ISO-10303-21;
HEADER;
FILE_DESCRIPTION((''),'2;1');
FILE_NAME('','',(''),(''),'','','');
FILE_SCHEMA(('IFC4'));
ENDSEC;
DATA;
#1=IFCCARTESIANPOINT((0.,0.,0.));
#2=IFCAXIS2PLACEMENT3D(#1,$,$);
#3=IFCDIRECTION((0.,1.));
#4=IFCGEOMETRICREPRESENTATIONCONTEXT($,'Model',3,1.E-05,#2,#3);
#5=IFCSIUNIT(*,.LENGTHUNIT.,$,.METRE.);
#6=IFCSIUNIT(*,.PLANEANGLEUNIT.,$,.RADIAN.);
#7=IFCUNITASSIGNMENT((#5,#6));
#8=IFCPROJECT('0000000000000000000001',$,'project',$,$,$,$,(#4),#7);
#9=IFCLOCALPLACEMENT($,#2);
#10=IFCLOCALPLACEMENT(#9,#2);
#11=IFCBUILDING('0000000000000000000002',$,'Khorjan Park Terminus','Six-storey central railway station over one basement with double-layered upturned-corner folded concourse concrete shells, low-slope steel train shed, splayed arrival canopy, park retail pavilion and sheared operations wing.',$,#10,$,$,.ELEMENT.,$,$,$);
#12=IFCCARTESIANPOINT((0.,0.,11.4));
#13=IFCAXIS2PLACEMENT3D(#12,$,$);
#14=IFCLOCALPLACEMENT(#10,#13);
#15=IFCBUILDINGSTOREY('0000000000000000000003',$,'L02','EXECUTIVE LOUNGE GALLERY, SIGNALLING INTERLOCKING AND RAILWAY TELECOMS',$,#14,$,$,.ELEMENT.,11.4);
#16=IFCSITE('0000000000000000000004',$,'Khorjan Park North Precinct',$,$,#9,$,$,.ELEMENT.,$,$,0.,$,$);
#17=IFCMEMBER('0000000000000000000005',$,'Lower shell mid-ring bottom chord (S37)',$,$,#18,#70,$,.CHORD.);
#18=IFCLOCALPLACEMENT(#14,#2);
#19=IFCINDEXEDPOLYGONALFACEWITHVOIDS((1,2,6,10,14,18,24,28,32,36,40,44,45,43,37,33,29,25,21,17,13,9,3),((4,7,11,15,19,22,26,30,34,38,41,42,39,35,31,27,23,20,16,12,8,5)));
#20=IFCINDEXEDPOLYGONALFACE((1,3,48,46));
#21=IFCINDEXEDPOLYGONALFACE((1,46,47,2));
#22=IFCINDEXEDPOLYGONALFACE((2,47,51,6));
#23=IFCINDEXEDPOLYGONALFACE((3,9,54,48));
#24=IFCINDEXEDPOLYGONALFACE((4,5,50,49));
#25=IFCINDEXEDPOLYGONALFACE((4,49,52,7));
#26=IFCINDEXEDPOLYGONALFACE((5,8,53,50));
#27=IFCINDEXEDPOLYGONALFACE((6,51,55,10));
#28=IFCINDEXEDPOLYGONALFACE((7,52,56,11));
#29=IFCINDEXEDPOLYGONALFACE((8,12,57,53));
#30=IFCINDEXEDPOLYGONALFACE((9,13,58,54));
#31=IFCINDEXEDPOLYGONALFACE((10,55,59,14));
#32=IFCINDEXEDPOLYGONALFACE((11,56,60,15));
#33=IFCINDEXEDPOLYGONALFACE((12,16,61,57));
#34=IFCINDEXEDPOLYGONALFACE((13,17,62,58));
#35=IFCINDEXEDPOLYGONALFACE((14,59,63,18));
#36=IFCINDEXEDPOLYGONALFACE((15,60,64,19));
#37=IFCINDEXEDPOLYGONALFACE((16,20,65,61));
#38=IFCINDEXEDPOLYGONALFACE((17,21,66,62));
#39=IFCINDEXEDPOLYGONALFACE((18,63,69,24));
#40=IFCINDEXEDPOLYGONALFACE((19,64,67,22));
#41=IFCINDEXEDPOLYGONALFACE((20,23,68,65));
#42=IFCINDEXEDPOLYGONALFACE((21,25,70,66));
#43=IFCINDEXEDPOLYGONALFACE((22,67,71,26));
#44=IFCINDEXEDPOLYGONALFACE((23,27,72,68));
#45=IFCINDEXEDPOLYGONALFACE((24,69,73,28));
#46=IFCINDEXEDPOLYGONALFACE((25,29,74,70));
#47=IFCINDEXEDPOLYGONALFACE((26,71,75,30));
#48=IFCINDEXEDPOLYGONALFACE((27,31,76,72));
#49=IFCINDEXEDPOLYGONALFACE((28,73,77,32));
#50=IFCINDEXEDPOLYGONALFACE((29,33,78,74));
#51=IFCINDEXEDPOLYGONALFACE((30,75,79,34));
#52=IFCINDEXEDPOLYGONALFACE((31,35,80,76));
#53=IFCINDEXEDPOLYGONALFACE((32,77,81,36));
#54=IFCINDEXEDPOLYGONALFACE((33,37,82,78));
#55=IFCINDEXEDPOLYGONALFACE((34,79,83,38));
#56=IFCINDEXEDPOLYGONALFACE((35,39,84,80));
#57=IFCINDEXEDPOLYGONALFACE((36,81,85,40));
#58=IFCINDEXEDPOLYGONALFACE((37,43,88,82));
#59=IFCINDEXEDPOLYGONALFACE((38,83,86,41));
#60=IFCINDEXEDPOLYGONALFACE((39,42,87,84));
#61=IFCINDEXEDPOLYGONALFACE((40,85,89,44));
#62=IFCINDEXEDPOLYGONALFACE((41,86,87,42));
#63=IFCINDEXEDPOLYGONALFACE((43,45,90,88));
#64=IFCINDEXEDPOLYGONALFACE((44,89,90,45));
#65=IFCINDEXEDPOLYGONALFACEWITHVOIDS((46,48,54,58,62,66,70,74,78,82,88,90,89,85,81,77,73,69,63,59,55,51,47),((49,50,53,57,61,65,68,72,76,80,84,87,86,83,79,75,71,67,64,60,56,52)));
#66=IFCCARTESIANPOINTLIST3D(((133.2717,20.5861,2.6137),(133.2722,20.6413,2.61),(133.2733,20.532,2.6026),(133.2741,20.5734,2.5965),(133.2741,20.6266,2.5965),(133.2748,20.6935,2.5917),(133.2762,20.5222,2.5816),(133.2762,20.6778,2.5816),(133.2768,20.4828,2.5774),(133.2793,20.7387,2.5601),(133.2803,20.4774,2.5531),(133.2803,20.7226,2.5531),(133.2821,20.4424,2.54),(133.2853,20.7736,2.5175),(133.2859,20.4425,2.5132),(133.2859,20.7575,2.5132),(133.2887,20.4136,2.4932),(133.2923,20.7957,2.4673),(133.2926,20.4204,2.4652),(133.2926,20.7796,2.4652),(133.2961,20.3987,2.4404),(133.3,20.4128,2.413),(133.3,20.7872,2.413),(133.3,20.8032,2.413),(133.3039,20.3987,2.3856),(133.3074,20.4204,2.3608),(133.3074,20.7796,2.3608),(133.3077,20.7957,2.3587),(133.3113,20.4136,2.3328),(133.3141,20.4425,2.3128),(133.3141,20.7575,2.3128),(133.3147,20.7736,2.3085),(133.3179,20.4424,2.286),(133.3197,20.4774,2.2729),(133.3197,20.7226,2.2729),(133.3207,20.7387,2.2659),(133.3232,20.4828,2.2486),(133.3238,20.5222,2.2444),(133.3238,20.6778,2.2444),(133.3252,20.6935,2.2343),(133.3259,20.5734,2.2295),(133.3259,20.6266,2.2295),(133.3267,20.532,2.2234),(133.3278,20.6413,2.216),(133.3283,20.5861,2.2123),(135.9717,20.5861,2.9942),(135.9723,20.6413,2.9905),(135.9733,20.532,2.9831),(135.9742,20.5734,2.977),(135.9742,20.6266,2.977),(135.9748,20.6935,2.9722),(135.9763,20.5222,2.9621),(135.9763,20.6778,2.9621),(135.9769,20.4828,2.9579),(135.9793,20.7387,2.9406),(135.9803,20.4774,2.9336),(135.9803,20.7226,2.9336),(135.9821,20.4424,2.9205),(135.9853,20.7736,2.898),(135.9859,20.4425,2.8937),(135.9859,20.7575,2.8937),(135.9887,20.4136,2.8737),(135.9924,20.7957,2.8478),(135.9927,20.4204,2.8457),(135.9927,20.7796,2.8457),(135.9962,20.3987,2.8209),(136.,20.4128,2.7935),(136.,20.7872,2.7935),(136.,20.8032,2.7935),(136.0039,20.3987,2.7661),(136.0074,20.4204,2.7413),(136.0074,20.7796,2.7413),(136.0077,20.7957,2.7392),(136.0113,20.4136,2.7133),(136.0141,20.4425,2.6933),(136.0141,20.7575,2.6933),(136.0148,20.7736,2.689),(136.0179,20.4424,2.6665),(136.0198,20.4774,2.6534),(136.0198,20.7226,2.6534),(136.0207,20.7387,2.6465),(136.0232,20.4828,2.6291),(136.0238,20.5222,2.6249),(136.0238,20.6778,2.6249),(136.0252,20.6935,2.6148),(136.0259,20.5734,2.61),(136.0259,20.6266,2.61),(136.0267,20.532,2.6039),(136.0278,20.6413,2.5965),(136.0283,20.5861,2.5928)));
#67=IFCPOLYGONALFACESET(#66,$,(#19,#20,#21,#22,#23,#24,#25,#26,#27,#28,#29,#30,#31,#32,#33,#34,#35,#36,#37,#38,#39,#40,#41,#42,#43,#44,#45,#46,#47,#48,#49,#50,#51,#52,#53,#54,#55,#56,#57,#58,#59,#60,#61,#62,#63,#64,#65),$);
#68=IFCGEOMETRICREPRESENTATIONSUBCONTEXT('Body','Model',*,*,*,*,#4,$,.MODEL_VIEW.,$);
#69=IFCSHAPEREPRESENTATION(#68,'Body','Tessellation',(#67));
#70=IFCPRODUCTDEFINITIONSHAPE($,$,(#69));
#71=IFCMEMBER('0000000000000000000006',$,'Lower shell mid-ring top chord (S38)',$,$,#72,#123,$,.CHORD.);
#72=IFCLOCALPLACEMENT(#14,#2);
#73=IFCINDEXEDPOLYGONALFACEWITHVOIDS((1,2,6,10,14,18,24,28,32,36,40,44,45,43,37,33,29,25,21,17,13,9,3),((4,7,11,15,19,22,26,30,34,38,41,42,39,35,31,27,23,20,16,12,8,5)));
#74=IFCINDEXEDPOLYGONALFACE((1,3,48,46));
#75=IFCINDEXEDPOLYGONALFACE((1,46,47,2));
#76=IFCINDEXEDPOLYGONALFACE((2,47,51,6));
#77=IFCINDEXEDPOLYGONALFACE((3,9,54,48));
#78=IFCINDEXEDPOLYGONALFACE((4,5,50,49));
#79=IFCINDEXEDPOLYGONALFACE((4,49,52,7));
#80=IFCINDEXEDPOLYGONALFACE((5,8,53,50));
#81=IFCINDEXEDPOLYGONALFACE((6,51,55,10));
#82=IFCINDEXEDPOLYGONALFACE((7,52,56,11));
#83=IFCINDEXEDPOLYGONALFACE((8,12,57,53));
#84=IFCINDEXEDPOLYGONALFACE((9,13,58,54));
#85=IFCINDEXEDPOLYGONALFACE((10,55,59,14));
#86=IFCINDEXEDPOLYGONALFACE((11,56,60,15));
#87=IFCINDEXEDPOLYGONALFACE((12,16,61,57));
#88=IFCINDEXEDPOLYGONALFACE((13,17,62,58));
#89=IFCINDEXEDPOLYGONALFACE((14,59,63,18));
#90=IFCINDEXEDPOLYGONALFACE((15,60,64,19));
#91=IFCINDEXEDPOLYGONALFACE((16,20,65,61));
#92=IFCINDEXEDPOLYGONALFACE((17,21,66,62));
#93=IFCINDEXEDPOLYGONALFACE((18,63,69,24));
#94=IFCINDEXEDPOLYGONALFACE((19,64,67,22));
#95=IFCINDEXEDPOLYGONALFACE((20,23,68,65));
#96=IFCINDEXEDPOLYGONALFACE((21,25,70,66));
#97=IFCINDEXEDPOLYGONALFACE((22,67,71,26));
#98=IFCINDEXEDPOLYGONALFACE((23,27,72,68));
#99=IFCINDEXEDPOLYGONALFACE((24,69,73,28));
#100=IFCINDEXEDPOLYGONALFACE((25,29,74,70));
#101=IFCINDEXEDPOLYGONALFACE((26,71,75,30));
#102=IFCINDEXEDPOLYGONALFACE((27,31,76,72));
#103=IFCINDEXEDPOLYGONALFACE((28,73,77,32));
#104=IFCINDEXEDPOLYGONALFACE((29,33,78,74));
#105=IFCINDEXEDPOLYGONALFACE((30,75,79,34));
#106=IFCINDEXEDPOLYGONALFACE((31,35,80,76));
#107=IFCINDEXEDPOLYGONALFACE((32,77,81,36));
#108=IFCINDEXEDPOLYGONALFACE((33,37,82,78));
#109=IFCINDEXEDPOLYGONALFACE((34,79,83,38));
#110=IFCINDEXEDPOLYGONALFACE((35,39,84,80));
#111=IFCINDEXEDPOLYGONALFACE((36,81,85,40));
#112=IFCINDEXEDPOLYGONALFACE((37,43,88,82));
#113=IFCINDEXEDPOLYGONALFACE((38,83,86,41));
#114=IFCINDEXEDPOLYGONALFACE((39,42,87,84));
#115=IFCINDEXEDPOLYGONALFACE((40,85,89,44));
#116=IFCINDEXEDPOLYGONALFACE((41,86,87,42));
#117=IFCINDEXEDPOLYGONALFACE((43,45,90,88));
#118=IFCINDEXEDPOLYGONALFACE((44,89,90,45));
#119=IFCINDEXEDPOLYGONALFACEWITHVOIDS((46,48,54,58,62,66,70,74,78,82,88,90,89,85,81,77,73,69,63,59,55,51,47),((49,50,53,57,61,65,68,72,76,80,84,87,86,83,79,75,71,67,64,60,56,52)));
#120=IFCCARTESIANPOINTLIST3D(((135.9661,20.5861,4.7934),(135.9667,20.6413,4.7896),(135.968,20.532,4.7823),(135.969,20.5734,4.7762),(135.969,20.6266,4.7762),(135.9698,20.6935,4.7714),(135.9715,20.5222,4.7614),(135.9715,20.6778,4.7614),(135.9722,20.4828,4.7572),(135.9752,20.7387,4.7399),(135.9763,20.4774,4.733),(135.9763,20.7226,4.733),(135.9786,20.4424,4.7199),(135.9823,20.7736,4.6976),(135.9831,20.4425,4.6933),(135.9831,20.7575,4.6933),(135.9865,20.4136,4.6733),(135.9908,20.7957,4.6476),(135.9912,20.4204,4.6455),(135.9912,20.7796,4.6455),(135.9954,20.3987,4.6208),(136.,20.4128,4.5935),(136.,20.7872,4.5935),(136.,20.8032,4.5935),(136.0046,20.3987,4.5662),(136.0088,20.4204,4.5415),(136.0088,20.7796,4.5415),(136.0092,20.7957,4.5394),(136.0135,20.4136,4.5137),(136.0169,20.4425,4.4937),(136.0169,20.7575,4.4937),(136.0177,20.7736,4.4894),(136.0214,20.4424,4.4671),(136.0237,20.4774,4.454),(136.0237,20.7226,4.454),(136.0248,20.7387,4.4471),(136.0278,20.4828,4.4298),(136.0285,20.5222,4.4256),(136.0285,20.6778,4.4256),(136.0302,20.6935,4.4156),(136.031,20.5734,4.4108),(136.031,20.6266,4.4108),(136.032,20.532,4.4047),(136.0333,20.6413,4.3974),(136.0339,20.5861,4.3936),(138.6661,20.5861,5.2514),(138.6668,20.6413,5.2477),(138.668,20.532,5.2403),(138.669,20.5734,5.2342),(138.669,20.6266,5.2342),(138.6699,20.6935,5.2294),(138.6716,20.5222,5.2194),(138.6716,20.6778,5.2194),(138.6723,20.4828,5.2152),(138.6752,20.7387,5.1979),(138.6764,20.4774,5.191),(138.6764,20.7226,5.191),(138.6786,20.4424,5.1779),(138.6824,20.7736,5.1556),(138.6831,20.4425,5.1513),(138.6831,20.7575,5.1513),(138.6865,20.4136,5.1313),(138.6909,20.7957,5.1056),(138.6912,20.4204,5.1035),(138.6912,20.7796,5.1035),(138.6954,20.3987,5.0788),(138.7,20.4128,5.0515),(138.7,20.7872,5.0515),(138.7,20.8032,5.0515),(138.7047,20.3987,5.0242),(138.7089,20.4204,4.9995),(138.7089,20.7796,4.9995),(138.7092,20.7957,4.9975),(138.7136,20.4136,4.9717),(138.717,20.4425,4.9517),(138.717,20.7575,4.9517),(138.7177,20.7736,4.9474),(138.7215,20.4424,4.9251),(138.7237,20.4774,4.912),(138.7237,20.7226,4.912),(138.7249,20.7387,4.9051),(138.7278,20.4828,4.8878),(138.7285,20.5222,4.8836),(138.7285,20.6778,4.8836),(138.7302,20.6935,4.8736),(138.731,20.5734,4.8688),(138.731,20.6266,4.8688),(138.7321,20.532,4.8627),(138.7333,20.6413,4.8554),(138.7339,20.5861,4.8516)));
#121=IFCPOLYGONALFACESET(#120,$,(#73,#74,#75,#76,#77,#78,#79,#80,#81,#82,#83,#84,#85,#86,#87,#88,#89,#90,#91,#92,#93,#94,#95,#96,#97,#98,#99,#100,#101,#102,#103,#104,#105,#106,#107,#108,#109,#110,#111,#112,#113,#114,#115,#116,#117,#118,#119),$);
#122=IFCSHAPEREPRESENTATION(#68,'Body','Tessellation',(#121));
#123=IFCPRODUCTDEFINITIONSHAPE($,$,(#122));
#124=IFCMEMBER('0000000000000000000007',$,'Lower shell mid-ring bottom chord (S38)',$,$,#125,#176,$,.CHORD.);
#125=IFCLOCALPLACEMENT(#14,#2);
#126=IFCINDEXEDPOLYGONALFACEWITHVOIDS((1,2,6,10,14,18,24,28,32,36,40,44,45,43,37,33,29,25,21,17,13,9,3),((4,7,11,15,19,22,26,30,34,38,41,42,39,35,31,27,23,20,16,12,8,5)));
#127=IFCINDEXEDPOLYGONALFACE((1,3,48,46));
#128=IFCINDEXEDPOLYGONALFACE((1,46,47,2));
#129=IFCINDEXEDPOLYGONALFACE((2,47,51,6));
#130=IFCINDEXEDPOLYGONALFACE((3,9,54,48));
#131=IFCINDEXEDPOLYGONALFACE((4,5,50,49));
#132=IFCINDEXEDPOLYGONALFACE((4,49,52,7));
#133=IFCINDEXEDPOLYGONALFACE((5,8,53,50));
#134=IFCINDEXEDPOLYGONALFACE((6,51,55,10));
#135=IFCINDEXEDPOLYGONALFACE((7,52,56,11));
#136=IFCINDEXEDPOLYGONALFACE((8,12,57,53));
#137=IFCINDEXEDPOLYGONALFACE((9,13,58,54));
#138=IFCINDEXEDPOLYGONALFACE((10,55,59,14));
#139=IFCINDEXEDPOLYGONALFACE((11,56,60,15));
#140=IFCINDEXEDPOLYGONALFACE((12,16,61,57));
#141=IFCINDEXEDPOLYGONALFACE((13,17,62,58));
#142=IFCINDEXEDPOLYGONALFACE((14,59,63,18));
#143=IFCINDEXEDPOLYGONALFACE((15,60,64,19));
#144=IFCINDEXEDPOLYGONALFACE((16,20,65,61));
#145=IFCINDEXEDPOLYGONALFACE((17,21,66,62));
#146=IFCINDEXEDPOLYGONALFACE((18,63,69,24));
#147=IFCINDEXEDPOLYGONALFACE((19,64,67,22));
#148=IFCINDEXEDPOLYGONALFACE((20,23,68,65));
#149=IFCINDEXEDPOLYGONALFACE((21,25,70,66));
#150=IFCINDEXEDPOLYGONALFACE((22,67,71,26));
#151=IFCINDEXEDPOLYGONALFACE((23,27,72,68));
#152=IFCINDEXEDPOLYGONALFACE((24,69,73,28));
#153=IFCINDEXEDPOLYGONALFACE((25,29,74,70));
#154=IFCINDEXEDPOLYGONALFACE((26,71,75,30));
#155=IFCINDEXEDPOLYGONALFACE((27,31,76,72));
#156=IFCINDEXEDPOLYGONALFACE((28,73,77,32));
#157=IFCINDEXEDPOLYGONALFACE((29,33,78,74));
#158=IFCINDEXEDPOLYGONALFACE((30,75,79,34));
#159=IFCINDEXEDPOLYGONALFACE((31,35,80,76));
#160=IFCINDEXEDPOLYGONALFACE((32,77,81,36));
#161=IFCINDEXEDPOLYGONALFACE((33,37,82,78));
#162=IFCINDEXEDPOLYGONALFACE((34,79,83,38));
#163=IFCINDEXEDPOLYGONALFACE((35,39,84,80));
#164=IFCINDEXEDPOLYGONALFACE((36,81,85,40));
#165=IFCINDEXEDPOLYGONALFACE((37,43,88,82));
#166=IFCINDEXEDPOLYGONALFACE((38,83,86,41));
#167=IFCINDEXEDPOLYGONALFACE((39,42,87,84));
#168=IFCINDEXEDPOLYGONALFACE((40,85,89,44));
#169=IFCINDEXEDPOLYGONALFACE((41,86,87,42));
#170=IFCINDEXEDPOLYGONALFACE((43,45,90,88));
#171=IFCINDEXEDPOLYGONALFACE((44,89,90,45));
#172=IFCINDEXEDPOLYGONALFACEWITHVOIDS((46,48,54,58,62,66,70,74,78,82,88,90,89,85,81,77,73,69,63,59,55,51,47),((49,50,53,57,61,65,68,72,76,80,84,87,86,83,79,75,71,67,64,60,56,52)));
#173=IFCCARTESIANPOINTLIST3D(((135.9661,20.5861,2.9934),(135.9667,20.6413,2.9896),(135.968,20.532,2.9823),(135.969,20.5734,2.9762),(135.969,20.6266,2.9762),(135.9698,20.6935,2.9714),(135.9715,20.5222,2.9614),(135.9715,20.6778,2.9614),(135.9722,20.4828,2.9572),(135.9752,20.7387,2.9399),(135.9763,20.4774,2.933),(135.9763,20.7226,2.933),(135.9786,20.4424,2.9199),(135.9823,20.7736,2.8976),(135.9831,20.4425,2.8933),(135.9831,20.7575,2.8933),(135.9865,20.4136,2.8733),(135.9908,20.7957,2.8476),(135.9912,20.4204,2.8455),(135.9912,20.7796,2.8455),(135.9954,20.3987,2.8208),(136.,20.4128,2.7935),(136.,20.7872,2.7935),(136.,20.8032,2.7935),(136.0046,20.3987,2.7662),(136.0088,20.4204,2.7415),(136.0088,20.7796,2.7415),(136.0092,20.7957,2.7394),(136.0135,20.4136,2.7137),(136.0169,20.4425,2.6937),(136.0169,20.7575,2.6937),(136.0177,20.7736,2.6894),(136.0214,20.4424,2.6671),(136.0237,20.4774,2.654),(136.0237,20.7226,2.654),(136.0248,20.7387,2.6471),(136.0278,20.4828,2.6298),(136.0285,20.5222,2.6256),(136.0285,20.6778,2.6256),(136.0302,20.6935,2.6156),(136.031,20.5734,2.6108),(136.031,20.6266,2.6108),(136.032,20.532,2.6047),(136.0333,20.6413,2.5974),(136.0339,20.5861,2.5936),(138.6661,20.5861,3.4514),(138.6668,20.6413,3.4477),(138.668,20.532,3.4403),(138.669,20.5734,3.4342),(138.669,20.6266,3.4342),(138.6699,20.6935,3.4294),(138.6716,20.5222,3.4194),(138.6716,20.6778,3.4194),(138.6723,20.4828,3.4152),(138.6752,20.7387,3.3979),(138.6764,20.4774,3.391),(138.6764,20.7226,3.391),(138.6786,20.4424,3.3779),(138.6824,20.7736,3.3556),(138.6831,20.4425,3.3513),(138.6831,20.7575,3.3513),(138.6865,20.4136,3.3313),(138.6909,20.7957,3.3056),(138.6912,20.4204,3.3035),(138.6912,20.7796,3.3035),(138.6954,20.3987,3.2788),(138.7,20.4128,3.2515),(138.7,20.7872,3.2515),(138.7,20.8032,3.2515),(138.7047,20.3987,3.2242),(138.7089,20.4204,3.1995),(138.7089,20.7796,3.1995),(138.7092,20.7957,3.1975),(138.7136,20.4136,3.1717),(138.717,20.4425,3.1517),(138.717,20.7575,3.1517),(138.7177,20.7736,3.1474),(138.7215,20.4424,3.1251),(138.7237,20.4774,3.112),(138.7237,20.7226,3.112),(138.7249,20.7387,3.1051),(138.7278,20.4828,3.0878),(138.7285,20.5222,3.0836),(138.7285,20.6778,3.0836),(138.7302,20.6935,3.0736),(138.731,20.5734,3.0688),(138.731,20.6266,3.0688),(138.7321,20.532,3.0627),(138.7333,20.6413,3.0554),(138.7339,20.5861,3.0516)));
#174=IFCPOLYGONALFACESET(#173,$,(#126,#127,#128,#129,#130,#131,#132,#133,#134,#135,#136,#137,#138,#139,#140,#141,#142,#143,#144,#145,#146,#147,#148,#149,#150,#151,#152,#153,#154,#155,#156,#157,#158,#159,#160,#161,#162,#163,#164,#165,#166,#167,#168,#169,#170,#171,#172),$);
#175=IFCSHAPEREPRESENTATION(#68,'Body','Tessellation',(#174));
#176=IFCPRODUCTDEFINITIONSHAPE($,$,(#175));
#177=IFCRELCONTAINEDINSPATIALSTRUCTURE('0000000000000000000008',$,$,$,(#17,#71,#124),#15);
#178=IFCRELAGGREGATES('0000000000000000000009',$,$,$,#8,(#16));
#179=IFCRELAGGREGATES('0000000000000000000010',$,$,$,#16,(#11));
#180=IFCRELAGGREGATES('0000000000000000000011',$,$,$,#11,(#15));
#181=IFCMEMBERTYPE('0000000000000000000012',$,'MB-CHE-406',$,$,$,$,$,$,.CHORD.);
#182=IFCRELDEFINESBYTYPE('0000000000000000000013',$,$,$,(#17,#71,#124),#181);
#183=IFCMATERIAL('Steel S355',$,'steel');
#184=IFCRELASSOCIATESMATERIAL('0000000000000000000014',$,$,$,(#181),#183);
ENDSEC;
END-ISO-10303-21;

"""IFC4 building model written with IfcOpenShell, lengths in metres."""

from ifc_helpers import new_model, si_unit, direction, frame, origin, origin_2d, place, context, subcontext, project, spatial, hollow_circle, extrude, material, material_profile, profile_set, type_object, element, save


model = new_model("IFC4")

# Units and contexts
model_context = context("Model", 3, precision=1e-05, world=origin(), true_north=direction((0.0, 1.0)))
body_context = subcontext(model_context, "Body", "Model", "MODEL_VIEW")
ifc_project = project(units=[si_unit("LENGTHUNIT", "METRE"), si_unit("PLANEANGLEUNIT", "RADIAN")], contexts=[model_context])

# Site, building, storey
site_placement = place(None, origin())
site = spatial("IfcSite", under=ifc_project, at=site_placement, Name="Khorjan Park North Precinct", CompositionType="ELEMENT", RefElevation=0.0)
building_placement = place(site_placement, origin())
building = spatial("IfcBuilding", under=site, at=building_placement, Name="Khorjan Park Terminus", Description="Six-storey central railway station over one basement with double-layered upturned-corner folded concourse concrete shells, low-slope steel train shed, splayed arrival canopy, park retail pavilion and sheared operations wing.", CompositionType="ELEMENT")
storey_placement = place(building_placement, frame((0.0, 0.0, 11.4)))
storey = spatial("IfcBuildingStorey", under=building, at=storey_placement, Name="L02", Description="EXECUTIVE LOUNGE GALLERY, SIGNALLING INTERLOCKING AND RAILWAY TELECOMS", CompositionType="ELEMENT", Elevation=11.4)

# Members
ifc_material_1 = material(Name="Steel S355", Category="steel")
ifc_material_profile_1 = material_profile(ifc_material_1, hollow_circle(Radius=0.2032, WallThickness=0.016, at=origin_2d()), Name="CHS 406.4x16")
ifc_profile_set_1 = profile_set([ifc_material_profile_1], Name="Steel S355")
member_type_1 = type_object("IfcMemberType", Name="MB-CHE-406", PredefinedType="CHORD", material=ifc_profile_set_1)
for number, where, z_axis, x_axis, name in (
    (1, (133.3, 20.6, 2.413), (0.990215, 0.0, 0.139547), (0.0, 1.0, 0.0), "Lower shell mid-ring bottom chord (S37)"),
):
    element("IfcMember", number, at=place(storey_placement, frame(where, z_axis=z_axis, x_axis=x_axis)), inside=storey, type_object=member_type_1, Name=name, PredefinedType="CHORD", context=body_context, shape_type="SweptSolid", body=[
        extrude(hollow_circle(Radius=0.2032, WallThickness=0.016, at=origin_2d()), origin(), (0.0, 0.0, 1.0), 2.7267),
    ])
for number, where, z_axis, x_axis, name in (
    (2, (136.0, 20.6, 4.5935), (0.985916, 0.0, 0.167241), (0.0, 1.0, 0.0), "Lower shell mid-ring top chord (S38)"),
    (3, (136.0, 20.6, 2.7935), (0.985916, 0.0, 0.167241), (0.0, 1.0, 0.0), "Lower shell mid-ring bottom chord (S38)"),
):
    element("IfcMember", number, at=place(storey_placement, frame(where, z_axis=z_axis, x_axis=x_axis)), inside=storey, type_object=member_type_1, Name=name, PredefinedType="CHORD", context=body_context, shape_type="SweptSolid", body=[
        extrude(hollow_circle(Radius=0.2032, WallThickness=0.016, at=origin_2d()), origin(), (0.0, 0.0, 1.0), 2.7386),
    ])

save(model, "model.ifc")
